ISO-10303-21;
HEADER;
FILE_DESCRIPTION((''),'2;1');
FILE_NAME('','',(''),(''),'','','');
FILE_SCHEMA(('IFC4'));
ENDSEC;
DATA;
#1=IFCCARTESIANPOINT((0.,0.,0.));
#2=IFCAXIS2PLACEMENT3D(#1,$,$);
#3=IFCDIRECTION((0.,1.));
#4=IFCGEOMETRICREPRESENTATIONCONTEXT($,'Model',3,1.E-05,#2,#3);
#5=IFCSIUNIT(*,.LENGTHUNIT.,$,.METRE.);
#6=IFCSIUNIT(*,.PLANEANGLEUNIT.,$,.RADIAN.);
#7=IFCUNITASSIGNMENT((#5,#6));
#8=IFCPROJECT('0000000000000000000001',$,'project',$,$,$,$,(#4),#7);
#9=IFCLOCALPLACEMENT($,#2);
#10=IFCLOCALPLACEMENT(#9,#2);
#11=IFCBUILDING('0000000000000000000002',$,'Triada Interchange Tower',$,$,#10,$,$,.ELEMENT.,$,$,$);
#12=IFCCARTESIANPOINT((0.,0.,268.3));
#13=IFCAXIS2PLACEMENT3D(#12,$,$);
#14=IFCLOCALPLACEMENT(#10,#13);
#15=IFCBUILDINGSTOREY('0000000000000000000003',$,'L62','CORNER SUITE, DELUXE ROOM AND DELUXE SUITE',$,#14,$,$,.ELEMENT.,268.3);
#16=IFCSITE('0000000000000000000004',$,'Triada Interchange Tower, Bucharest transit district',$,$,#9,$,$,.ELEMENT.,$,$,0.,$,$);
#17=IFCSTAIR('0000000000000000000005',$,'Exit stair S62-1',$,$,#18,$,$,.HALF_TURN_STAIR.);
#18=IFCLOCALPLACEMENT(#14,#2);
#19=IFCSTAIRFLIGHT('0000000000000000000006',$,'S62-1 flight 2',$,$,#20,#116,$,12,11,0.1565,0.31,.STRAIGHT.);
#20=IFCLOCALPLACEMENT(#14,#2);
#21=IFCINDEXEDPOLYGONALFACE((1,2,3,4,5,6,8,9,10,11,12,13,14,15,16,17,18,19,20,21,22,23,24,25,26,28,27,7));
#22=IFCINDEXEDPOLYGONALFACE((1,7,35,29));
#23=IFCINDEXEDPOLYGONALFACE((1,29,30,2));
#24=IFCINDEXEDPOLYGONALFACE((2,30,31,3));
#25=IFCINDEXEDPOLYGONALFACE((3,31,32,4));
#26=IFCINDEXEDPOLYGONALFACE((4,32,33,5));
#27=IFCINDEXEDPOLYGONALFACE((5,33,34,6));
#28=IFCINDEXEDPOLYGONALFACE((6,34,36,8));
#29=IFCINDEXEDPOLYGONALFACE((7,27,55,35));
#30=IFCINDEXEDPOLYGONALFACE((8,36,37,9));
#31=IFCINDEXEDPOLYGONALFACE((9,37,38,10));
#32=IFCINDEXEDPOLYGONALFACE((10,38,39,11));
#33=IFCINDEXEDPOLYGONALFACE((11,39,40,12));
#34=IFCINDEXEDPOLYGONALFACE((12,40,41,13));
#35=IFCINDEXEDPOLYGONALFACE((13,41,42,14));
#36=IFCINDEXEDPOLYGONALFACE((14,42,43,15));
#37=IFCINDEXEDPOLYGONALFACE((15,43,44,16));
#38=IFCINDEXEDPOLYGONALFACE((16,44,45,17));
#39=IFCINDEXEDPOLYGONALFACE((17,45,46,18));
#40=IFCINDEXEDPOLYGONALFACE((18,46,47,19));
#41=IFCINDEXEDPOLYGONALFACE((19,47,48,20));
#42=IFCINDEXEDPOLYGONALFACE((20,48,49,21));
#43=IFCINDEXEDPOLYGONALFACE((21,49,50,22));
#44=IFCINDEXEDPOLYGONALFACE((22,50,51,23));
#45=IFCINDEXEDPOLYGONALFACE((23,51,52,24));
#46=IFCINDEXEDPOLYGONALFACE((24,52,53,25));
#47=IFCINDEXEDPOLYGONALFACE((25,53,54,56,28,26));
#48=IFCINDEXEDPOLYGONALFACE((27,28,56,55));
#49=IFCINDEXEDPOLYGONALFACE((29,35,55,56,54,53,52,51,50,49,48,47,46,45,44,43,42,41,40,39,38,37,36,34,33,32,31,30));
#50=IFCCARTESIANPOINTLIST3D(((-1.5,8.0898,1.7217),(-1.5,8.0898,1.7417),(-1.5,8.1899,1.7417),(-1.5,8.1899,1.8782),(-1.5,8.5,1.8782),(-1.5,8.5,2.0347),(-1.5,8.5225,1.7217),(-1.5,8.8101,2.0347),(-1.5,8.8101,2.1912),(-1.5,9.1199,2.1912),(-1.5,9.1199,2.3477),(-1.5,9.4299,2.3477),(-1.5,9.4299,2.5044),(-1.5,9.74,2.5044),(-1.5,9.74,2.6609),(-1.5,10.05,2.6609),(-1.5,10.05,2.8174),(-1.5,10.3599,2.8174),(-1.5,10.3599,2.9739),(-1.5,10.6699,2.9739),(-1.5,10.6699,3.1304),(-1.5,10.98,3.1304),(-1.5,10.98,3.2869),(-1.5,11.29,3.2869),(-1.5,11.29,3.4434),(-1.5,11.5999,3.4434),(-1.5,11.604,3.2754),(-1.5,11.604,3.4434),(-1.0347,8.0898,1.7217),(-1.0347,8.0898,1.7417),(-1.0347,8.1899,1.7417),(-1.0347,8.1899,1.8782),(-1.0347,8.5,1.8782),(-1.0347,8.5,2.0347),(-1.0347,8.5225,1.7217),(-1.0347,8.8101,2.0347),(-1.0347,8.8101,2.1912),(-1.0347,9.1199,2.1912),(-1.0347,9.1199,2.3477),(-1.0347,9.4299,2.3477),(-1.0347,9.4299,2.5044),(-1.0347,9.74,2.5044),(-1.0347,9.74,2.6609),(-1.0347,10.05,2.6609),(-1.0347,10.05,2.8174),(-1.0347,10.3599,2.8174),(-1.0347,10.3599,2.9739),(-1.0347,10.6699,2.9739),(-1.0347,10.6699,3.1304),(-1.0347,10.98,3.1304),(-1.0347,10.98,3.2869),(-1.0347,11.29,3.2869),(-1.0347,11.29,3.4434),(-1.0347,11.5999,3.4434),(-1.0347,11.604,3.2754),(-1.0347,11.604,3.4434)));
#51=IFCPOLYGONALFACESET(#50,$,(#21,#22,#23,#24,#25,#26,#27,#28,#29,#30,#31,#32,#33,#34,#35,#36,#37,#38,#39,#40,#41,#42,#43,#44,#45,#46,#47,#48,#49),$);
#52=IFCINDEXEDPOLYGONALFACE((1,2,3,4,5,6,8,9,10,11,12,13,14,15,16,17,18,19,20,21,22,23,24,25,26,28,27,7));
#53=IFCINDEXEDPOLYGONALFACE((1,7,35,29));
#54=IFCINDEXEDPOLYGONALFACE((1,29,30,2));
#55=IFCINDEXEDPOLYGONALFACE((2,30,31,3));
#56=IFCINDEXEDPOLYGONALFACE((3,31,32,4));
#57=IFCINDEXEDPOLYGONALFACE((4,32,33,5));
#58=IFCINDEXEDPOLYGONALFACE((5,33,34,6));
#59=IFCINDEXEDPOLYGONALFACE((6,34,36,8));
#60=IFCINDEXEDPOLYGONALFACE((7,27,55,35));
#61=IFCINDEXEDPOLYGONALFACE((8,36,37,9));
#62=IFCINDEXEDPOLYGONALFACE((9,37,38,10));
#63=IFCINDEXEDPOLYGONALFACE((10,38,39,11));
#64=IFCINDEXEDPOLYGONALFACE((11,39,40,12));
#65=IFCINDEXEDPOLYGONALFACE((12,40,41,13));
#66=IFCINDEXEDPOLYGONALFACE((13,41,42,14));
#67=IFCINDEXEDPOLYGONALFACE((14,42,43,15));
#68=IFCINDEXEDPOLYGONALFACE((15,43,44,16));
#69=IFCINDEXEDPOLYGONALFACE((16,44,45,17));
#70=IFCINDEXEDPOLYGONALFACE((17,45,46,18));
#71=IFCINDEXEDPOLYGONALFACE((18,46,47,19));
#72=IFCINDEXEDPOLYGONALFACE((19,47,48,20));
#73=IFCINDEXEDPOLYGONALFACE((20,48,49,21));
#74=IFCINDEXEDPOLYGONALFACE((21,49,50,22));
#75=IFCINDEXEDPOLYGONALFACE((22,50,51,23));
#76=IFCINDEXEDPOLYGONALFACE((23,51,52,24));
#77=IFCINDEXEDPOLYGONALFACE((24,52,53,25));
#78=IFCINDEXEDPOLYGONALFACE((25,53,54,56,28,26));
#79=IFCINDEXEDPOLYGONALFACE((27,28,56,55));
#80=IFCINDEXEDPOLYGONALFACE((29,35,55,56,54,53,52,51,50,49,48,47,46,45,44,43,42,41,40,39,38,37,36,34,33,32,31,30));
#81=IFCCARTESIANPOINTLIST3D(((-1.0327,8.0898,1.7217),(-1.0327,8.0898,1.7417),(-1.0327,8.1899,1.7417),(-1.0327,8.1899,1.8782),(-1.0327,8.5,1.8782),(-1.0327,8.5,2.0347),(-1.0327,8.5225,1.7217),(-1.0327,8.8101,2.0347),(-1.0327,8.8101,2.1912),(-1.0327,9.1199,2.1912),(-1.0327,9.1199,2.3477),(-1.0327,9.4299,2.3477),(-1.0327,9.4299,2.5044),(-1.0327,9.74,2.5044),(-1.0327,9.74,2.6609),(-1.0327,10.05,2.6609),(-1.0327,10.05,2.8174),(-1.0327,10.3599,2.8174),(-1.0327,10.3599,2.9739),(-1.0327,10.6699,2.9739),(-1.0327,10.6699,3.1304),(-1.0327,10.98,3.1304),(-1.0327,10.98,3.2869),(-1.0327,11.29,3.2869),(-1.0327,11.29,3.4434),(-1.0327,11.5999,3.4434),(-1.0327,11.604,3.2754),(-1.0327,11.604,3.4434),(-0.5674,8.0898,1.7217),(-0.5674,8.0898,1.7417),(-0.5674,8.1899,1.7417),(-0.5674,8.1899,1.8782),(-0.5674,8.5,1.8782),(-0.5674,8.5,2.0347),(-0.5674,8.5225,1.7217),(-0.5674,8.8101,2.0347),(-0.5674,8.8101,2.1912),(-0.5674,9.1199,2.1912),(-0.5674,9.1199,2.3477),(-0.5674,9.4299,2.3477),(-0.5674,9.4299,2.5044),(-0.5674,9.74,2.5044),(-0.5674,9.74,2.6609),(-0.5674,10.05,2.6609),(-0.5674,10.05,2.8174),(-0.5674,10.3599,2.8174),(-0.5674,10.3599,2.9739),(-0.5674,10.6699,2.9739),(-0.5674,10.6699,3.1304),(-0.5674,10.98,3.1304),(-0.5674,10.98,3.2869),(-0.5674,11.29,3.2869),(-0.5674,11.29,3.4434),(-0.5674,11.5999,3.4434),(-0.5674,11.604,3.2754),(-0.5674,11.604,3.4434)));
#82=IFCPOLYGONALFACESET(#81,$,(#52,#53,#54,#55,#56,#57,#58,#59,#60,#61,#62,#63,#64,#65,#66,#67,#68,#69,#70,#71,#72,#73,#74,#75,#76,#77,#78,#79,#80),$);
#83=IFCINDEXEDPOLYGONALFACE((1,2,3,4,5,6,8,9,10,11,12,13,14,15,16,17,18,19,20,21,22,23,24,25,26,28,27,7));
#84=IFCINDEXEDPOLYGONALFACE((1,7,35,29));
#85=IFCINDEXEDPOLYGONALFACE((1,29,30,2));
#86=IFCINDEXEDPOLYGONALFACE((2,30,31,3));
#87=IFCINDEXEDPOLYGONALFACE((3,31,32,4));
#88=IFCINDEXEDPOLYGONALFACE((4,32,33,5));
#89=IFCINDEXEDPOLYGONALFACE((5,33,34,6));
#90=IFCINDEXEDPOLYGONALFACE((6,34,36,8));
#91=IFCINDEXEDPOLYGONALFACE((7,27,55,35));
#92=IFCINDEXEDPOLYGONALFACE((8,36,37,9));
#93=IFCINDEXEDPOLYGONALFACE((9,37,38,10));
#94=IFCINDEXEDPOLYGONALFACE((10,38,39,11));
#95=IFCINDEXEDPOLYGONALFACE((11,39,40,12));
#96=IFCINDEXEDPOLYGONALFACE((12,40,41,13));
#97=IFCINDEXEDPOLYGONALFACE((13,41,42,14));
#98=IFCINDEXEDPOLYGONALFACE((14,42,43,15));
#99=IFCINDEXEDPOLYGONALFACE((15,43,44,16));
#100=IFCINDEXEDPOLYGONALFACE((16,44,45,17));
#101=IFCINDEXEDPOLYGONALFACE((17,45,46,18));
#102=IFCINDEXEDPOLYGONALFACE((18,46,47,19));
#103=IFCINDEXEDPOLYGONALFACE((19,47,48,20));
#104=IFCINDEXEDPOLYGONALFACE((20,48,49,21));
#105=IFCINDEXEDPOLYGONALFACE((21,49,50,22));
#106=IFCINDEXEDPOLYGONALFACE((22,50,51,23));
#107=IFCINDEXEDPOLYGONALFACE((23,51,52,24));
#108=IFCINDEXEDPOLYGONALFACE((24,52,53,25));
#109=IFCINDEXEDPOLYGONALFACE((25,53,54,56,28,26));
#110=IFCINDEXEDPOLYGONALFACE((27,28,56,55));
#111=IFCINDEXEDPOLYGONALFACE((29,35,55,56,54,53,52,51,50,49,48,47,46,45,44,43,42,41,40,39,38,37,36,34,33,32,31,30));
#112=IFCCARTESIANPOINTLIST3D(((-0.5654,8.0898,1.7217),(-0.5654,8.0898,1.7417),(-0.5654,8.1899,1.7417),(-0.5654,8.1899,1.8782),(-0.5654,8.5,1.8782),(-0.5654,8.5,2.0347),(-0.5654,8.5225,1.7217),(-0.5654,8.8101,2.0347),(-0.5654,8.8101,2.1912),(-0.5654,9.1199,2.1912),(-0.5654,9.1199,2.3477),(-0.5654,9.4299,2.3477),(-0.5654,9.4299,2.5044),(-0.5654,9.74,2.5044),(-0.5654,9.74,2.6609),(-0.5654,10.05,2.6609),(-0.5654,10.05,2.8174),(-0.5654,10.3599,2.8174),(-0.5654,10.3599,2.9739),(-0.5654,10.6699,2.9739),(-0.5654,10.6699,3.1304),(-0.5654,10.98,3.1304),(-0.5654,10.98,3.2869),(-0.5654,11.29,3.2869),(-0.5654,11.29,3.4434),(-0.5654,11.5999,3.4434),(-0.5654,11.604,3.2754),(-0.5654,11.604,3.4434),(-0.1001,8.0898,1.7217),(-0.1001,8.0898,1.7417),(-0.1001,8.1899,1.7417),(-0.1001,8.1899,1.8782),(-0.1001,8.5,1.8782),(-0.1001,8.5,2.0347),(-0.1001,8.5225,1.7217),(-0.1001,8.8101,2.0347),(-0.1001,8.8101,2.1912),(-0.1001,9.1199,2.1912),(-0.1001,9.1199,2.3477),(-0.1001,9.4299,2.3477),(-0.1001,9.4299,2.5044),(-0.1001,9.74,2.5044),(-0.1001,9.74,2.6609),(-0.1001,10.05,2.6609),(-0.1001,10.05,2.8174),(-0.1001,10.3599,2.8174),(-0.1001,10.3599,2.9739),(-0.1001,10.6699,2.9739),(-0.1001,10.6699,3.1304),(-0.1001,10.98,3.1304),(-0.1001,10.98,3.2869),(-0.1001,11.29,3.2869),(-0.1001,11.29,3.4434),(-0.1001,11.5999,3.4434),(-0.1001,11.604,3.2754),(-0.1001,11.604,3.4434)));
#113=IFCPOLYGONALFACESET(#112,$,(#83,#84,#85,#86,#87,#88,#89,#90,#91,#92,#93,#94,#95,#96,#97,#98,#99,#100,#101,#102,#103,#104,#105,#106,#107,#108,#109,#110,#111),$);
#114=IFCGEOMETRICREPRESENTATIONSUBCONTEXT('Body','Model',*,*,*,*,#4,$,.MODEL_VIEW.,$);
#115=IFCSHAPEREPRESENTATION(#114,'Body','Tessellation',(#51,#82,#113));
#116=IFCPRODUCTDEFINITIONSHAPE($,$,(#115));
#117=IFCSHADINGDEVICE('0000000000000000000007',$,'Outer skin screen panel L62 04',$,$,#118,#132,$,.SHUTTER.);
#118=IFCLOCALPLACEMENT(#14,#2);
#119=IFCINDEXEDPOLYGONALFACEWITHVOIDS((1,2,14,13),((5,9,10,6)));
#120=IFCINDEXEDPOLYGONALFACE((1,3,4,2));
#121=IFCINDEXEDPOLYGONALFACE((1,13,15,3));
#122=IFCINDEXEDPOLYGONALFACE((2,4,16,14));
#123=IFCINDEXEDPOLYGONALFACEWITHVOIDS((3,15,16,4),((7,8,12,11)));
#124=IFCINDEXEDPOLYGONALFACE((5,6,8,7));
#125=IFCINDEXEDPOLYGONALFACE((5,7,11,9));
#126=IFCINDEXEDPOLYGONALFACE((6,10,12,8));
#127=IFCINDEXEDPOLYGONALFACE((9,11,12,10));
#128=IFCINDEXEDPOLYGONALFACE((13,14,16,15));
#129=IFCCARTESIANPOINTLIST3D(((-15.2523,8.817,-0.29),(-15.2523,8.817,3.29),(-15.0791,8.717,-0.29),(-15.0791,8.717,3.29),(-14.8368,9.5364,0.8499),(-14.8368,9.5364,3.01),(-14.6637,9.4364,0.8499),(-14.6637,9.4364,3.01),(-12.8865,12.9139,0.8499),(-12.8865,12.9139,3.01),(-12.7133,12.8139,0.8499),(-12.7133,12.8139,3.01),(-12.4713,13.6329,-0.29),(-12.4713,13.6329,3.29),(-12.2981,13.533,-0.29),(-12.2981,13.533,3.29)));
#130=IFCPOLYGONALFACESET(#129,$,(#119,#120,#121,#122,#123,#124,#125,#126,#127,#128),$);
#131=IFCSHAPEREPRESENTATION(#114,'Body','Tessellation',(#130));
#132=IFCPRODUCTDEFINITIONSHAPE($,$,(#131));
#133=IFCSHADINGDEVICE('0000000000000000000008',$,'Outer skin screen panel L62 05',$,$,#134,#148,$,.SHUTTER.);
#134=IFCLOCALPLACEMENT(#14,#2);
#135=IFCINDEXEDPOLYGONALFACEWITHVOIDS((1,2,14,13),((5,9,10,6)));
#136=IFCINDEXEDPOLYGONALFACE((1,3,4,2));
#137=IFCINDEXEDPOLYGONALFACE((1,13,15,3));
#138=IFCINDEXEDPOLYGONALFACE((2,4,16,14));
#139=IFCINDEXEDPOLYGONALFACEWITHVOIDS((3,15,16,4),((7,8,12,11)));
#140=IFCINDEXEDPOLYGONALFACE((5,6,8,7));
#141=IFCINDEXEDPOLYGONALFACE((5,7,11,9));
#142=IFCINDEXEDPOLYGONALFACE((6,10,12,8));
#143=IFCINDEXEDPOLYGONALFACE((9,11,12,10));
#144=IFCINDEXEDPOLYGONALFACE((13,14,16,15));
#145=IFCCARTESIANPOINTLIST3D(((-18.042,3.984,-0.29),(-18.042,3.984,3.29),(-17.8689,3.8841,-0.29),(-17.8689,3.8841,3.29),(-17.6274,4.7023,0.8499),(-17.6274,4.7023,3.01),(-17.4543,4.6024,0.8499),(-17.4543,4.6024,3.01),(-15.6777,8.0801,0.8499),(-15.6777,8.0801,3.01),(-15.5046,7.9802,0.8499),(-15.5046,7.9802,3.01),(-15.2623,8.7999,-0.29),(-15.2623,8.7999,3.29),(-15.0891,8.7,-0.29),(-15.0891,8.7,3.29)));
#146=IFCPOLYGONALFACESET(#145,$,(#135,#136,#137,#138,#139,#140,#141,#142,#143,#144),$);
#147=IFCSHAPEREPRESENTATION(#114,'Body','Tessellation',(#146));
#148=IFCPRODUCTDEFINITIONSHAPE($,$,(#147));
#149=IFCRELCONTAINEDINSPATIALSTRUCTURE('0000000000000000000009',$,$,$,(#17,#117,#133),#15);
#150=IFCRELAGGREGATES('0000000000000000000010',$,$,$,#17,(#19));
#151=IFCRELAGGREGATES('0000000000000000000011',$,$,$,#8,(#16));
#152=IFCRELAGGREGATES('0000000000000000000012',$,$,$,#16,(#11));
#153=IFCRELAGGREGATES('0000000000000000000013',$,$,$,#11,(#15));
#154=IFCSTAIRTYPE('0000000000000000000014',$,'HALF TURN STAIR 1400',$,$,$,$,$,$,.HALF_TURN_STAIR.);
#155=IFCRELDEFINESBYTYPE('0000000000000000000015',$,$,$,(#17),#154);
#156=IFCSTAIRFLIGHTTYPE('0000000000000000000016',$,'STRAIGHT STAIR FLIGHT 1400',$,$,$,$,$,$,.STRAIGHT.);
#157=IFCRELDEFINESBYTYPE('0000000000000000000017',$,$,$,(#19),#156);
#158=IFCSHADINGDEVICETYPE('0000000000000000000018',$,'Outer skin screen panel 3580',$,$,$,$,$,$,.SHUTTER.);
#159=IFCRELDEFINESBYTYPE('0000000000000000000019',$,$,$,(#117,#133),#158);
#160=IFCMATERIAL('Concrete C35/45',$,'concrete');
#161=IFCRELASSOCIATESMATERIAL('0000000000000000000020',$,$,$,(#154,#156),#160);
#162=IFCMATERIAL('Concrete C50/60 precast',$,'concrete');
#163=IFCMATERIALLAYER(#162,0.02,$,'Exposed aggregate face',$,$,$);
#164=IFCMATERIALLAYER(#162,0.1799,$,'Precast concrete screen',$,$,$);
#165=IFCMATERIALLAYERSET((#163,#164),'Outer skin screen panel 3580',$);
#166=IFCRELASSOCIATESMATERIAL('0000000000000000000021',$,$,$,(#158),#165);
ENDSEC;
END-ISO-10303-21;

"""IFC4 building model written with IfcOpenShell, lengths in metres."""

from ifc_helpers import new_model, si_unit, direction, frame, origin, place, context, subcontext, project, spatial, polyline, outline, extrude, material, layer, layer_set, type_object, element, aggregate, save


model = new_model("IFC4")

# Units and contexts
model_context = context("Model", 3, precision=1e-05, world=origin(), true_north=direction((0.0, 1.0)))
body_context = subcontext(model_context, "Body", "Model", "MODEL_VIEW")
ifc_project = project(units=[si_unit("LENGTHUNIT", "METRE"), si_unit("PLANEANGLEUNIT", "RADIAN")], contexts=[model_context])

# Site, building, storey
site_placement = place(None, origin())
site = spatial("IfcSite", under=ifc_project, at=site_placement, Name="Triada Interchange Tower, Bucharest transit district", CompositionType="ELEMENT", RefElevation=0.0)
building_placement = place(site_placement, origin())
building = spatial("IfcBuilding", under=site, at=building_placement, Name="Triada Interchange Tower", CompositionType="ELEMENT")
storey_placement = place(building_placement, frame((0.0, 0.0, 268.3)))
storey = spatial("IfcBuildingStorey", under=building, at=storey_placement, Name="L62", Description="CORNER SUITE, DELUXE ROOM AND DELUXE SUITE", CompositionType="ELEMENT", Elevation=268.3)

# Stair, stair flight
ifc_material_1 = material(Name="Concrete C35/45", Category="concrete")
stair_type = type_object("IfcStairType", Name="HALF TURN STAIR 1400", PredefinedType="HALF_TURN_STAIR", material=ifc_material_1)
stair_placement = place(storey_placement, origin())
stair = element("IfcStair", 1, at=stair_placement, inside=storey, type_object=stair_type, Name="Exit stair S62-1", PredefinedType="HALF_TURN_STAIR")
stair_flight_type = type_object("IfcStairFlightType", Name="STRAIGHT STAIR FLIGHT 1400", PredefinedType="STRAIGHT", material=ifc_material_1)
stair_flight_placement = place(storey_placement, frame((-0.8, 8.1899, 1.7217), z_axis=(0.0, 0.0, 1.0), x_axis=(0.0, 1.0, 0.0)))
stair_flight = element("IfcStairFlight", 2, at=stair_flight_placement, type_object=stair_flight_type, Name="S62-1 flight 2", NumberOfRisers=12, NumberOfTreads=11, PredefinedType="STRAIGHT", RiserHeight=0.1565, TreadLength=0.31, context=body_context, shape_type="SweptSolid", body=[
    extrude(outline(polyline([(-0.1001, 0.0), (-0.1001, 0.02), (0.0, 0.02), (0.0, 0.1565), (0.3101, 0.1565), (0.3101, 0.313), (0.6201, 0.313), (0.6201, 0.4695), (0.9299, 0.4695), (0.9299, 0.626), (1.24, 0.626), (1.24, 0.7827), (1.55, 0.7827), (1.55, 0.9392), (1.8601, 0.9392), (1.8601, 1.0957), (2.1699, 1.0957), (2.1699, 1.2522), (2.48, 1.2522), (2.48, 1.4087), (2.79, 1.4087), (2.79, 1.5652), (3.1001, 1.5652), (3.1001, 1.7217), (3.4099, 1.7217), (3.4141, 1.7217), (3.4141, 1.8782), (3.4141, 1.5537), (0.3325, 0.0), (-0.1001, 0.0)])), frame((0.0, 0.7, 0.0), z_axis=(0.0, -1.0, 0.0), x_axis=(1.0, 0.0, 0.0)), (0.0, 0.0, 1.0), 0.4653),
    extrude(outline(polyline([(-0.1001, 0.0), (-0.1001, 0.02), (0.0, 0.02), (0.0, 0.1565), (0.3101, 0.1565), (0.3101, 0.313), (0.6201, 0.313), (0.6201, 0.4695), (0.9299, 0.4695), (0.9299, 0.626), (1.24, 0.626), (1.24, 0.7827), (1.55, 0.7827), (1.55, 0.9392), (1.8601, 0.9392), (1.8601, 1.0957), (2.1699, 1.0957), (2.1699, 1.2522), (2.48, 1.2522), (2.48, 1.4087), (2.79, 1.4087), (2.79, 1.5652), (3.1001, 1.5652), (3.1001, 1.7217), (3.4099, 1.7217), (3.4141, 1.7217), (3.4141, 1.8782), (3.4141, 1.5537), (0.3325, 0.0), (-0.1001, 0.0)])), frame((0.0, 0.2327, 0.0), z_axis=(0.0, -1.0, 0.0), x_axis=(1.0, 0.0, 0.0)), (0.0, 0.0, 1.0), 0.4653),
    extrude(outline(polyline([(-0.1001, 0.0), (-0.1001, 0.02), (0.0, 0.02), (0.0, 0.1565), (0.3101, 0.1565), (0.3101, 0.313), (0.6201, 0.313), (0.6201, 0.4695), (0.9299, 0.4695), (0.9299, 0.626), (1.24, 0.626), (1.24, 0.7827), (1.55, 0.7827), (1.55, 0.9392), (1.8601, 0.9392), (1.8601, 1.0957), (2.1699, 1.0957), (2.1699, 1.2522), (2.48, 1.2522), (2.48, 1.4087), (2.79, 1.4087), (2.79, 1.5652), (3.1001, 1.5652), (3.1001, 1.7217), (3.4099, 1.7217), (3.4141, 1.7217), (3.4141, 1.8782), (3.4141, 1.5537), (0.3325, 0.0), (-0.1001, 0.0)])), frame((0.0, -0.2346, 0.0), z_axis=(0.0, -1.0, 0.0), x_axis=(1.0, 0.0, 0.0)), (0.0, 0.0, 1.0), 0.4653),
])

# Shading devices
ifc_material_2 = material(Name="Concrete C50/60 precast", Category="concrete")
ifc_layer_1 = layer(ifc_material_2, 0.02, Name="Exposed aggregate face")
ifc_layer_2 = layer(ifc_material_2, 0.1799, Name="Precast concrete screen")
ifc_layer_set_1 = layer_set([ifc_layer_1, ifc_layer_2], Name="Outer skin screen panel 3580")
shading_device_type = type_object("IfcShadingDeviceType", Name="Outer skin screen panel 3580", PredefinedType="SHUTTER", material=ifc_layer_set_1)
shading_device_1_placement = place(storey_placement, frame((-12.2981, 13.533, -0.29), z_axis=(0.0, 0.0, 1.0), x_axis=(-0.500072, -0.865984, 0.0)))
element("IfcShadingDevice", 3, at=shading_device_1_placement, inside=storey, type_object=shading_device_type, Name="Outer skin screen panel L62 04", PredefinedType="SHUTTER", context=body_context, shape_type="SweptSolid", body=[
    extrude(outline(polyline([(0.0, 0.0), (5.5613, 0.0), (5.5613, 3.5801), (0.0, 3.5801), (0.0, 0.0)]), holes=[polyline([(0.8303, 1.1399), (0.8303, 3.3), (4.7305, 3.3), (4.7305, 1.1399), (0.8303, 1.1399)])]), frame((0.0, 0.0, 0.0), z_axis=(0.0, -1.0, 0.0), x_axis=(1.0, 0.0, 0.0)), (0.0, 0.0, 1.0), 0.2),
])
shading_device_2_placement = place(storey_placement, frame((-15.0891, 8.7, -0.29), z_axis=(0.0, 0.0, 1.0), x_axis=(-0.499907, -0.866079, 0.0)))
element("IfcShadingDevice", 4, at=shading_device_2_placement, inside=storey, type_object=shading_device_type, Name="Outer skin screen panel L62 05", PredefinedType="SHUTTER", context=body_context, shape_type="SweptSolid", body=[
    extrude(outline(polyline([(0.0, 0.0), (5.5605, 0.0), (5.5605, 3.5801), (0.0, 3.5801), (0.0, 0.0)]), holes=[polyline([(0.8311, 1.1399), (0.8311, 3.3), (4.7312, 3.3), (4.7312, 1.1399), (0.8311, 1.1399)])]), frame((0.0, 0.0, 0.0), z_axis=(0.0, -1.0, 0.0), x_axis=(1.0, 0.0, 0.0)), (0.0, 0.0, 1.0), 0.2),
])

aggregate(stair, [stair_flight])

save(model, "model.ifc")
